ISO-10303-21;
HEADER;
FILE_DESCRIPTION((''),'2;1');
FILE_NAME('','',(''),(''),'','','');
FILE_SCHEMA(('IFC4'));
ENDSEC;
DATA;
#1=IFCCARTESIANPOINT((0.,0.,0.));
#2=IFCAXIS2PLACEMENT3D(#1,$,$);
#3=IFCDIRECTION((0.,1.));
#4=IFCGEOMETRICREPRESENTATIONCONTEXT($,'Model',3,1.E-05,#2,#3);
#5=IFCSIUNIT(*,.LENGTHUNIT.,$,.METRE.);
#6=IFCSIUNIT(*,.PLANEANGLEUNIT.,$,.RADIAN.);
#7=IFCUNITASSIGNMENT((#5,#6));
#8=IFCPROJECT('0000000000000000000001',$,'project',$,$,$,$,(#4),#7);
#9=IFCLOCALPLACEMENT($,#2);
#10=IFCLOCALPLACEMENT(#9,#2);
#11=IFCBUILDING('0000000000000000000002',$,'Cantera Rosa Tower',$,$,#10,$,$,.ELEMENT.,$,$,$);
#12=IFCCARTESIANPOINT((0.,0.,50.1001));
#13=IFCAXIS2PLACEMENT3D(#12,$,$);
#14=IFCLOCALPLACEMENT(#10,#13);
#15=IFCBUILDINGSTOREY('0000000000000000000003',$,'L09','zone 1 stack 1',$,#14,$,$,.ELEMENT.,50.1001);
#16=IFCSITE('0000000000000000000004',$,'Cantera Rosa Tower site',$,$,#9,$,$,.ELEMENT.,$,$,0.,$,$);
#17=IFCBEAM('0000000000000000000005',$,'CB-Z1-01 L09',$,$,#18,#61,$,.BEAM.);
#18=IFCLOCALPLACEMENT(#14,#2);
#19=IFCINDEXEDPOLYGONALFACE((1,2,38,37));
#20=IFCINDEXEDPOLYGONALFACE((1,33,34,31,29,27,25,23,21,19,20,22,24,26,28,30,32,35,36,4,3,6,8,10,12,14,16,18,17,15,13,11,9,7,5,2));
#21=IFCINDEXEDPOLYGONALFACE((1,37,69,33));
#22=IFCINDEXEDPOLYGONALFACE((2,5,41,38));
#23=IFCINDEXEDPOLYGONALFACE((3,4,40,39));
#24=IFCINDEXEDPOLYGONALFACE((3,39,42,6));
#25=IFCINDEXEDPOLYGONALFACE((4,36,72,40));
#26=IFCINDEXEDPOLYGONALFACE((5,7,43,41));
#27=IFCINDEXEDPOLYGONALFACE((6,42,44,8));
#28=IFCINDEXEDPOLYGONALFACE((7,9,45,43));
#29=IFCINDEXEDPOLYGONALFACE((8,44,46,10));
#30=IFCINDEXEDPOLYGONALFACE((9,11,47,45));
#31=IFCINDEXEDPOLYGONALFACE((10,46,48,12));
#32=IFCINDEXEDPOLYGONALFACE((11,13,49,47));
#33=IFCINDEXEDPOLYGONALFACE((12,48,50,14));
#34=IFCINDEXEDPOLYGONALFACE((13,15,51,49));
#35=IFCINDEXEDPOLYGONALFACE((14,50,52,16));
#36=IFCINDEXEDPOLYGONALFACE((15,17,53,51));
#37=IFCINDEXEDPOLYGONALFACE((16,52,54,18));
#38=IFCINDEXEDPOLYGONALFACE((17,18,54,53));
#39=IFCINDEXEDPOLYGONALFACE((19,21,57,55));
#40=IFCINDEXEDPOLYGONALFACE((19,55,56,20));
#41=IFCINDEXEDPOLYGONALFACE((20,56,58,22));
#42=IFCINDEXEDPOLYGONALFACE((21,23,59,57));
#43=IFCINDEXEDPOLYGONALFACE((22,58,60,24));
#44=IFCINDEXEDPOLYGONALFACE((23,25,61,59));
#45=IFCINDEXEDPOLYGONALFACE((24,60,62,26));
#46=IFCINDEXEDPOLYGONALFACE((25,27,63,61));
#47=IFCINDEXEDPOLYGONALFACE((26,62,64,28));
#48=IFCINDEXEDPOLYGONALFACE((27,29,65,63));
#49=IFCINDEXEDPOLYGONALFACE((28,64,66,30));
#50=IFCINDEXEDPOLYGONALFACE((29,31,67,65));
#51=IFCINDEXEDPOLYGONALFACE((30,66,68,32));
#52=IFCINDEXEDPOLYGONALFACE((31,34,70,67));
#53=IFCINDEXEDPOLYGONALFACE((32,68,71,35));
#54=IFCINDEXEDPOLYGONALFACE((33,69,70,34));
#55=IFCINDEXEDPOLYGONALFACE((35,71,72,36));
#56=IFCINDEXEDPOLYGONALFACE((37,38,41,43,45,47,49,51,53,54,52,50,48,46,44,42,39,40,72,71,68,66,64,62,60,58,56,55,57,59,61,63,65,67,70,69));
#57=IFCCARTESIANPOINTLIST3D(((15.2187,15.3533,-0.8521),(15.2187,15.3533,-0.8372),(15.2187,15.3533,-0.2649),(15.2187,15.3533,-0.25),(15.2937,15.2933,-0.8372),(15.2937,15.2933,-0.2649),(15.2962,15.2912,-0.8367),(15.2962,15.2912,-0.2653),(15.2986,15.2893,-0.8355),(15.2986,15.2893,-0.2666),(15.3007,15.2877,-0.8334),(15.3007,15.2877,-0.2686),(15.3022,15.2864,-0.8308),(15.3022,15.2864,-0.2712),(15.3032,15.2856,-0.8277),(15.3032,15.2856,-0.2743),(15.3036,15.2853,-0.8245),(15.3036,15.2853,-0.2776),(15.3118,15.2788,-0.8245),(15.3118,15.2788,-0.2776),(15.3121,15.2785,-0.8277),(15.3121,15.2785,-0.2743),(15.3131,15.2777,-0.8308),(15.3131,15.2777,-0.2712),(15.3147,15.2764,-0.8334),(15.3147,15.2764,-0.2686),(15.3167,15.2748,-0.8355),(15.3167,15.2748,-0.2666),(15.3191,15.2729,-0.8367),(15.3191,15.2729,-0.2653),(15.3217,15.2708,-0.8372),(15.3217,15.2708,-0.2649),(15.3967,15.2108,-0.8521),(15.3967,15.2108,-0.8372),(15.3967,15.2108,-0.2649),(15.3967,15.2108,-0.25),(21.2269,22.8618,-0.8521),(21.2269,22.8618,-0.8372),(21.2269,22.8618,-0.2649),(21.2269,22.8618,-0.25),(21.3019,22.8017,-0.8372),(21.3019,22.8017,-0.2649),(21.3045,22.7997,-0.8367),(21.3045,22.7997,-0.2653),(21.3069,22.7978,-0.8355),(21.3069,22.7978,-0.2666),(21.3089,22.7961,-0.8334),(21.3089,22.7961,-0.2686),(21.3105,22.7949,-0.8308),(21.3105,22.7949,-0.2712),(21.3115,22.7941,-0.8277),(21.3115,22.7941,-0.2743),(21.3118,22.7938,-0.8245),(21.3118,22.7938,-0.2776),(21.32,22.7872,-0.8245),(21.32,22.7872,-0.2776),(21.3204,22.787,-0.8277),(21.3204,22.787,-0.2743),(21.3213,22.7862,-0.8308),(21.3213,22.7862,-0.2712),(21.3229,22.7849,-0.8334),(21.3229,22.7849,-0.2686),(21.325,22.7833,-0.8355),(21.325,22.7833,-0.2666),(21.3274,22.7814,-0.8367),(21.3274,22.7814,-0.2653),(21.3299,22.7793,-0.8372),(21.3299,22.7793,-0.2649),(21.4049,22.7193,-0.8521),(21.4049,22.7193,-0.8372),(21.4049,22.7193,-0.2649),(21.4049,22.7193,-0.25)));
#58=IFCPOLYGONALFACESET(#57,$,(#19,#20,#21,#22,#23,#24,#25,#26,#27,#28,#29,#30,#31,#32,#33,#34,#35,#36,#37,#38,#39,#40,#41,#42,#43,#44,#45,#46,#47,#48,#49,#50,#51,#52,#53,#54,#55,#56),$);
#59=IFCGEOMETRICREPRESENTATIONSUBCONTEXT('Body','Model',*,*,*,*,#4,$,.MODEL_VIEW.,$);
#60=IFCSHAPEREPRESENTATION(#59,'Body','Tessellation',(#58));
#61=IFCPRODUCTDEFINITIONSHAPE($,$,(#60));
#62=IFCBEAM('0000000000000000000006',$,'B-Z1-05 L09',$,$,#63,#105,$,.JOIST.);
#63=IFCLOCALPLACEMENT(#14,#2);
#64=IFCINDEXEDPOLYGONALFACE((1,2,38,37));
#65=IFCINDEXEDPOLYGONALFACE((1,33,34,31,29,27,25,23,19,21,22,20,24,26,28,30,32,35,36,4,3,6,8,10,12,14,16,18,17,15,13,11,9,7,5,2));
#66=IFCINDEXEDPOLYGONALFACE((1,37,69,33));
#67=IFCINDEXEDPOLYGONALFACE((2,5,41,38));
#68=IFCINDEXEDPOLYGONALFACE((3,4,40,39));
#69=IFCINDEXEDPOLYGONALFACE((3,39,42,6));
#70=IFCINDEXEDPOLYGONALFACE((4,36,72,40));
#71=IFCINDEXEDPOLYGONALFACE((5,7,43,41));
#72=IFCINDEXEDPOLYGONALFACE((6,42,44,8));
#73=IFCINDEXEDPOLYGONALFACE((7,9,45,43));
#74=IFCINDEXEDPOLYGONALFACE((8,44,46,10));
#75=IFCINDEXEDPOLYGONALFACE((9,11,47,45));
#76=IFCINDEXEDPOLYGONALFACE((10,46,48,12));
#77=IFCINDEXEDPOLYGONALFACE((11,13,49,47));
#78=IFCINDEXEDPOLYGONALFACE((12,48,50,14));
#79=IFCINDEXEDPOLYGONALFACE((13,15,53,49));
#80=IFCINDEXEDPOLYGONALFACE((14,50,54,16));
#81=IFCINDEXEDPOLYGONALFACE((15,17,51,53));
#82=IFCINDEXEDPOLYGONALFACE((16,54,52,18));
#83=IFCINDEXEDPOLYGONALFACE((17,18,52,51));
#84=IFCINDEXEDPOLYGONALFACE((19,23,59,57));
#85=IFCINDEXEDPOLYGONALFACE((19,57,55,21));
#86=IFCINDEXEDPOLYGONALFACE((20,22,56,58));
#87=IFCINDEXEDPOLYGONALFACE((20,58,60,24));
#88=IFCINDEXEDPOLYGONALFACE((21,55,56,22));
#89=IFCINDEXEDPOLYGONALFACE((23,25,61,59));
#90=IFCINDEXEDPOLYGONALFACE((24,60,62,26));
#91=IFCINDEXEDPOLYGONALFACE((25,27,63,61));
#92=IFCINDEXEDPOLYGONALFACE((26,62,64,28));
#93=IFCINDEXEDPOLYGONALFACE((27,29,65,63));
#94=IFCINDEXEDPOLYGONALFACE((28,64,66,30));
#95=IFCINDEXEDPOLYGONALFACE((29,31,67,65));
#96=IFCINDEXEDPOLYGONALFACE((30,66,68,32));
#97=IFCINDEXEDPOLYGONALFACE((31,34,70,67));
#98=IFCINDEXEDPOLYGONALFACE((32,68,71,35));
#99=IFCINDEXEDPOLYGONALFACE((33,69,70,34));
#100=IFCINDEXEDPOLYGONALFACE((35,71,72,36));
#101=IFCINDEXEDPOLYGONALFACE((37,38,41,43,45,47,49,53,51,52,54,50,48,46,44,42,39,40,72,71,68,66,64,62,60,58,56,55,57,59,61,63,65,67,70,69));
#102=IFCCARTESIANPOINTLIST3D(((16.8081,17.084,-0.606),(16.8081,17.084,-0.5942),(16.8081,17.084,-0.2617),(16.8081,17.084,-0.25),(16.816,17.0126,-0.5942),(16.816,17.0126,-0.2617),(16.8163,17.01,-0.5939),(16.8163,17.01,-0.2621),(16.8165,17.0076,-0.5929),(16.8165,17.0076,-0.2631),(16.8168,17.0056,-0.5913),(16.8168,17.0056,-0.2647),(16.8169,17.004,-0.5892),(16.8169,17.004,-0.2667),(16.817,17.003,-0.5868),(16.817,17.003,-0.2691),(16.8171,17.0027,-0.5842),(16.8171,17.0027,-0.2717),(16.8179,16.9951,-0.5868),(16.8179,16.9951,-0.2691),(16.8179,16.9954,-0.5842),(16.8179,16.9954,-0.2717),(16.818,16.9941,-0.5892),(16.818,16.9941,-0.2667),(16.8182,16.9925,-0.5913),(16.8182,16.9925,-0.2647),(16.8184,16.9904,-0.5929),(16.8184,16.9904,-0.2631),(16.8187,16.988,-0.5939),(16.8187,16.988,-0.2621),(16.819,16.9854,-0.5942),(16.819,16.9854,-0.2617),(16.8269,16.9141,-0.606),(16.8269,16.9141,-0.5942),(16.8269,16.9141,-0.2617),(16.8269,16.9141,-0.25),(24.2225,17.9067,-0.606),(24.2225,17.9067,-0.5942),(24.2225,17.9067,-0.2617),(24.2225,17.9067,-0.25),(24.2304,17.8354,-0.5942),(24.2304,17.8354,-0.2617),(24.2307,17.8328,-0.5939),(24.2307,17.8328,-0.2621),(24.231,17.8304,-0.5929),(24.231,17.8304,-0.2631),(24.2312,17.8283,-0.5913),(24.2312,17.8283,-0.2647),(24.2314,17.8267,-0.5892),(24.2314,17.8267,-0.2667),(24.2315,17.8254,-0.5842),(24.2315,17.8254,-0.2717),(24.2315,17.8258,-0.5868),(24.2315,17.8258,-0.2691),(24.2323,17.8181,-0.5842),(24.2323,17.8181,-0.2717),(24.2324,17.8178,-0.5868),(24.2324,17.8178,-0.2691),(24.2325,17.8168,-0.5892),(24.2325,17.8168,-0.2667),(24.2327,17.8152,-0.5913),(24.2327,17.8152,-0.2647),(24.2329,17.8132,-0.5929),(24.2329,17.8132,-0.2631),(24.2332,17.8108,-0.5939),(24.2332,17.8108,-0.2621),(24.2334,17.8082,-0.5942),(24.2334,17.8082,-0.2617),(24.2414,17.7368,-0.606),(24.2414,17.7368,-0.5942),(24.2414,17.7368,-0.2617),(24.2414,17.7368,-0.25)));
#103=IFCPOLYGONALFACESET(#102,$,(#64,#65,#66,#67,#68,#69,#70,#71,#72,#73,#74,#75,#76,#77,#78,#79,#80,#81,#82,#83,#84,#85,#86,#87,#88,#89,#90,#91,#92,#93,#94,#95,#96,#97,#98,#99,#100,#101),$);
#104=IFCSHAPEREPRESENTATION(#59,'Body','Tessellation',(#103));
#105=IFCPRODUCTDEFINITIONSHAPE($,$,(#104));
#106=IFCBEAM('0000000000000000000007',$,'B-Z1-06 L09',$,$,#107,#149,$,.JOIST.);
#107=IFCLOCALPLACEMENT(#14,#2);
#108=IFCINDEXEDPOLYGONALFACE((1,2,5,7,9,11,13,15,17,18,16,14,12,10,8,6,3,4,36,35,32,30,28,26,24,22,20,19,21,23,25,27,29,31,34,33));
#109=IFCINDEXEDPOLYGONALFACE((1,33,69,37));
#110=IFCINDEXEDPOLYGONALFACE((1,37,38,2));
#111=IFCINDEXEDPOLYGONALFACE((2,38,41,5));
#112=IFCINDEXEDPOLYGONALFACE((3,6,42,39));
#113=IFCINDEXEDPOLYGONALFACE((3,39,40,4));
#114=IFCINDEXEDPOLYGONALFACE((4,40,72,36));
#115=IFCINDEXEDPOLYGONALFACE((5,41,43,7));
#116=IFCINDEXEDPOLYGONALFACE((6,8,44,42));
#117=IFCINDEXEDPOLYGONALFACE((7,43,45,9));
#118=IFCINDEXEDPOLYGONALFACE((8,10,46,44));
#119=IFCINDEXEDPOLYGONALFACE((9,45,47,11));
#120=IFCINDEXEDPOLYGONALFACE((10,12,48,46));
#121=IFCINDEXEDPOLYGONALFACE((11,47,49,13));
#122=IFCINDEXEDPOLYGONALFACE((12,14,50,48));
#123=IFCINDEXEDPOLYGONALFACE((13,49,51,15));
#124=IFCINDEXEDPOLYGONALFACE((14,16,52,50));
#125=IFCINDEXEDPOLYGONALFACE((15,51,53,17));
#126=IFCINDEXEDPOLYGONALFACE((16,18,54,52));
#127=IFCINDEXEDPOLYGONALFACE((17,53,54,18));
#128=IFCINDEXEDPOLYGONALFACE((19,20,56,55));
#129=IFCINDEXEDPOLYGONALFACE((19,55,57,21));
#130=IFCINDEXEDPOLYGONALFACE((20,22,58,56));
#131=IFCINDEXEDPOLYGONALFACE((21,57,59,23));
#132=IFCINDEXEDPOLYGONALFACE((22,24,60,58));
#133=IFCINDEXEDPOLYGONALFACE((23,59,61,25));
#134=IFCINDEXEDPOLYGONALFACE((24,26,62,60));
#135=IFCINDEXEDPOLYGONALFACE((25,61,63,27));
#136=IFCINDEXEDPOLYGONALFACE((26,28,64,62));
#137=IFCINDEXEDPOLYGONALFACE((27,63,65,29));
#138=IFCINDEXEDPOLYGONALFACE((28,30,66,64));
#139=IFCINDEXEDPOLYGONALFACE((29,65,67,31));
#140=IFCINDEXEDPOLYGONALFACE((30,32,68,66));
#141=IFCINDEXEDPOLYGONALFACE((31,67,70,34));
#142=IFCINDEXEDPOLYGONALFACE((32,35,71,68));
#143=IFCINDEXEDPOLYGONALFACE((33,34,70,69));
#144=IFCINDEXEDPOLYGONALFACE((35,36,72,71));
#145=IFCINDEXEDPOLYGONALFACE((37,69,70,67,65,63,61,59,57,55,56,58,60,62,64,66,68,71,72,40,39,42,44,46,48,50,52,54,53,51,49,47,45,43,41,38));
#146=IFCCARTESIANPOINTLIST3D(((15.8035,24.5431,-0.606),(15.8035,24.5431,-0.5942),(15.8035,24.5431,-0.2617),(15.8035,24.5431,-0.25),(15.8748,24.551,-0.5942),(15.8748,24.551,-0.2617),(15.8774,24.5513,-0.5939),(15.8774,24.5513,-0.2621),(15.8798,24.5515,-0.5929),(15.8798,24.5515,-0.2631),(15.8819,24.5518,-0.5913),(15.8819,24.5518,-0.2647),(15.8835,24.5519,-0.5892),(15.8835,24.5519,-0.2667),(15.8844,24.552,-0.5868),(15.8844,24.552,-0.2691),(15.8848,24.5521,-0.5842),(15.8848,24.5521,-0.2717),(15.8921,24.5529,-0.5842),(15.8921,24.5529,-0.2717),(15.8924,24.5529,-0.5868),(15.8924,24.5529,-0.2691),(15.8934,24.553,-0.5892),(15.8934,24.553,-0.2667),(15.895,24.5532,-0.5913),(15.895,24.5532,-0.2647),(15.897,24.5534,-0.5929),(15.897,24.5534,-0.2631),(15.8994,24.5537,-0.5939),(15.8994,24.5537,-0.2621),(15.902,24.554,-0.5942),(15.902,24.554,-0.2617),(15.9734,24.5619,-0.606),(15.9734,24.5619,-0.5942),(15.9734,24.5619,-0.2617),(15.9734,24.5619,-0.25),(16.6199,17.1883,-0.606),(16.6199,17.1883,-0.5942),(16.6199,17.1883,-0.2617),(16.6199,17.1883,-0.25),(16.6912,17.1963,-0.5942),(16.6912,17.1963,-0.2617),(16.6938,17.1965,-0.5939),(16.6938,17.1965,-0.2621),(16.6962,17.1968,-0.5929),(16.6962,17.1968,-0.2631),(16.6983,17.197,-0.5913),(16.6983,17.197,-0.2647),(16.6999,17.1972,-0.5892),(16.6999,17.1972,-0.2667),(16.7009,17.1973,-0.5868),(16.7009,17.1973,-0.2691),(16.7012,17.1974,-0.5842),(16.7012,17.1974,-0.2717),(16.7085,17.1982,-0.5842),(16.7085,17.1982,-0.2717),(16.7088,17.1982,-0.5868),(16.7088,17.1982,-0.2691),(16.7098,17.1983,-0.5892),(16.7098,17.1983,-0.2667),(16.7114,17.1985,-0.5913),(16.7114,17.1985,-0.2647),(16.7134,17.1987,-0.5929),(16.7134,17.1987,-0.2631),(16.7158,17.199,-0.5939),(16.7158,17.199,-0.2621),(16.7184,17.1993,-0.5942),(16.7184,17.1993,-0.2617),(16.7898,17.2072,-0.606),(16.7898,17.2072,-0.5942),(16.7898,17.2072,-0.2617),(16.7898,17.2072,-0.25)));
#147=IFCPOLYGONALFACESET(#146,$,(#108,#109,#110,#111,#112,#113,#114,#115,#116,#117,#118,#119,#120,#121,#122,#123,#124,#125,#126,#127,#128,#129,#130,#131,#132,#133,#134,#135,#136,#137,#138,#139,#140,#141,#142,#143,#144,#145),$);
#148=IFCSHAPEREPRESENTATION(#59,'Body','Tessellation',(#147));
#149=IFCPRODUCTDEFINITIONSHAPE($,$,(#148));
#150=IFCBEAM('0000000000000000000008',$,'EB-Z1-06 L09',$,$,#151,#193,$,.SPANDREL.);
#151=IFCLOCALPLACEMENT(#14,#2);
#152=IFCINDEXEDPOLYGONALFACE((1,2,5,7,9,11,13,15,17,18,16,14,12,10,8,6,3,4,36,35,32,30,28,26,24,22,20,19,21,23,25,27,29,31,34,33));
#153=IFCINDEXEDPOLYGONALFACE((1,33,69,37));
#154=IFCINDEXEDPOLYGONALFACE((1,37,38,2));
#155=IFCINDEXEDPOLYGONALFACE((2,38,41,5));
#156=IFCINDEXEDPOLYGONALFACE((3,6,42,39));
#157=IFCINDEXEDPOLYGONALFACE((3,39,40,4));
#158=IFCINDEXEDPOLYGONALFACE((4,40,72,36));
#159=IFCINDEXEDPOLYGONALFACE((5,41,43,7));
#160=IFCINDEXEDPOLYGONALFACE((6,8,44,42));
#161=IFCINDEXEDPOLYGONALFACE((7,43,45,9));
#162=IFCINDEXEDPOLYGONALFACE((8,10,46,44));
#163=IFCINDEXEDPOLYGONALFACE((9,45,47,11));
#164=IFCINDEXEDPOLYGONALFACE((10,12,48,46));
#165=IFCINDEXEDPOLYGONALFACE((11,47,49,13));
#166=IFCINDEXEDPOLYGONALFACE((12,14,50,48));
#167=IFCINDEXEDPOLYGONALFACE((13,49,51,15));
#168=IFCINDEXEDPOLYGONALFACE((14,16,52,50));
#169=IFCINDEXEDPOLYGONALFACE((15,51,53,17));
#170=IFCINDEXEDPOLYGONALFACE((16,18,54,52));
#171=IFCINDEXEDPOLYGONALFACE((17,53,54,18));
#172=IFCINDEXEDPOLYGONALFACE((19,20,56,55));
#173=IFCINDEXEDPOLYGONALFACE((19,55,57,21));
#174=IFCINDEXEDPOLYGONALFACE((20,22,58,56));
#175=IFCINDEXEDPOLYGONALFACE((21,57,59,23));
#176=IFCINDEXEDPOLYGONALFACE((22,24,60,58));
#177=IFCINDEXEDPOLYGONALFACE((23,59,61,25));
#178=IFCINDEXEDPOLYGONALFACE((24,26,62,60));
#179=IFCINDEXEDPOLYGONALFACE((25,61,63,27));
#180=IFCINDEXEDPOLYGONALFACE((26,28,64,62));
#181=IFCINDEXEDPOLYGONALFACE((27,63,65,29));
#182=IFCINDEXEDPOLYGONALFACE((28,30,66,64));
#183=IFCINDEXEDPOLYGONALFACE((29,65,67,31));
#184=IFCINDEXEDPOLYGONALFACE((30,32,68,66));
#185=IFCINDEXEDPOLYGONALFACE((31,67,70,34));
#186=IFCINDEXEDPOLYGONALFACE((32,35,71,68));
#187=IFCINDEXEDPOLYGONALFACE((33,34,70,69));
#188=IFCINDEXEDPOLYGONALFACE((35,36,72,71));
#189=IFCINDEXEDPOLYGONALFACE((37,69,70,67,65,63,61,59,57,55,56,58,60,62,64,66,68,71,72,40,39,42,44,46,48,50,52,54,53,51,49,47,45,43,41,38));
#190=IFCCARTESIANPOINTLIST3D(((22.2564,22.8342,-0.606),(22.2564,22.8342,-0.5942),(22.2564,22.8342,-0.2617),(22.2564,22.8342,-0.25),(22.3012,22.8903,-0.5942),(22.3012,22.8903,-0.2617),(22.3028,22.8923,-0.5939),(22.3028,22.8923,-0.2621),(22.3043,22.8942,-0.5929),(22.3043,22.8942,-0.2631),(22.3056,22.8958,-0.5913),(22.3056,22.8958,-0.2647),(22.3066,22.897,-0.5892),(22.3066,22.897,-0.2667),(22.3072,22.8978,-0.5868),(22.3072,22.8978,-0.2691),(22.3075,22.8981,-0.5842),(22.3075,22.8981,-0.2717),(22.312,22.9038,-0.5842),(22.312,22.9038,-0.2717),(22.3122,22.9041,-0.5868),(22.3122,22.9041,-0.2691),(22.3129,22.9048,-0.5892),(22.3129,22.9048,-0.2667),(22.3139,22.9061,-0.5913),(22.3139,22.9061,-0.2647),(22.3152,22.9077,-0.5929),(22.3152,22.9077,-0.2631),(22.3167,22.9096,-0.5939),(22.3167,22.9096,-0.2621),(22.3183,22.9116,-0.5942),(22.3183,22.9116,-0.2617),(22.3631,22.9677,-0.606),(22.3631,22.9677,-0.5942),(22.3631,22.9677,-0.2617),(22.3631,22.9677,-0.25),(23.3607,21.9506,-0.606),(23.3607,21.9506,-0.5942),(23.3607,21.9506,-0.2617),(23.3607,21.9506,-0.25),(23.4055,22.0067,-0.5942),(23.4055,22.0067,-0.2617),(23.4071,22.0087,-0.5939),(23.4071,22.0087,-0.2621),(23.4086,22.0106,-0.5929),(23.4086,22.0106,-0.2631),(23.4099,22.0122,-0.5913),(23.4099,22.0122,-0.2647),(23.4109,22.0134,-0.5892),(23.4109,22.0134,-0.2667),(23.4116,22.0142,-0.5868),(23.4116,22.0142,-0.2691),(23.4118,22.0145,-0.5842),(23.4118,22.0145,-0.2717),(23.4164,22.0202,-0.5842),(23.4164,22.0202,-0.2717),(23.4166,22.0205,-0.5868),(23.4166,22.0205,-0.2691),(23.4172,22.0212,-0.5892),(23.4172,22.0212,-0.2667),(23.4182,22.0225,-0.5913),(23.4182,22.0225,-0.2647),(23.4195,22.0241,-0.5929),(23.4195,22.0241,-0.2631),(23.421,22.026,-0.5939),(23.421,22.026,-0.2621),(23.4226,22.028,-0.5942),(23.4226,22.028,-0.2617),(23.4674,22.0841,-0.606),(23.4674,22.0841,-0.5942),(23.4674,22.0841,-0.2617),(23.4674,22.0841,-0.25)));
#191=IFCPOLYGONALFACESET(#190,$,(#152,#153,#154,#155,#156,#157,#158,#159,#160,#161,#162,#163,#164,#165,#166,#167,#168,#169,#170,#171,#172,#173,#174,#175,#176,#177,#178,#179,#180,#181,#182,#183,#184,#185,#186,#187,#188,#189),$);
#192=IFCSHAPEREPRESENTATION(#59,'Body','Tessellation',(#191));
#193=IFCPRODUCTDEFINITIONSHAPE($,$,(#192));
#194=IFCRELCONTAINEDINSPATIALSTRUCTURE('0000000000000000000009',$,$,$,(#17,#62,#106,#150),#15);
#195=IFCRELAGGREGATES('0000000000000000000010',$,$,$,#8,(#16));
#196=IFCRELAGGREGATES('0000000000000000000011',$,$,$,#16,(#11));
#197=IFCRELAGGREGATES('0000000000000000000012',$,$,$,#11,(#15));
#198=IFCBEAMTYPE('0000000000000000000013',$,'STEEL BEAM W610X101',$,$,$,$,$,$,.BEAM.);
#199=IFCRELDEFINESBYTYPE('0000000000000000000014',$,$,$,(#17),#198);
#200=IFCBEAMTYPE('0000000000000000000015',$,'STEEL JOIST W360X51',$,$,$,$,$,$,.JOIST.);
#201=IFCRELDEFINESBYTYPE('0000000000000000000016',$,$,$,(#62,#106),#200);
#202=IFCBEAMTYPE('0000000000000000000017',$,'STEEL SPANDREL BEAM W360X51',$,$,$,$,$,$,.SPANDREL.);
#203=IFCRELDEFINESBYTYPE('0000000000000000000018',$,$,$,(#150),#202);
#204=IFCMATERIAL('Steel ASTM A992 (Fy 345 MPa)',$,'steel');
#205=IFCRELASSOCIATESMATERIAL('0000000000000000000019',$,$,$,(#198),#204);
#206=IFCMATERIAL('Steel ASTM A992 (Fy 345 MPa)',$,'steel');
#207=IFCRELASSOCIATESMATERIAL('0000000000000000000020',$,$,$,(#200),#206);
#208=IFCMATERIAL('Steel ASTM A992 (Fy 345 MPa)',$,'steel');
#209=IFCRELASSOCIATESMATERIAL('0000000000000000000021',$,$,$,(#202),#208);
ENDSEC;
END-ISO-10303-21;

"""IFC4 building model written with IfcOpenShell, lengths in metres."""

from ifc_helpers import new_model, si_unit, direction, frame, origin, origin_2d, place, context, subcontext, project, spatial, i_section, extrude, material, material_profile, profile_set, type_object, element, save


model = new_model("IFC4")

# Units and contexts
model_context = context("Model", 3, precision=1e-05, world=origin(), true_north=direction((0.0, 1.0)))
body_context = subcontext(model_context, "Body", "Model", "MODEL_VIEW")
ifc_project = project(units=[si_unit("LENGTHUNIT", "METRE"), si_unit("PLANEANGLEUNIT", "RADIAN")], contexts=[model_context])

# Site, building, storey
site_placement = place(None, origin())
site = spatial("IfcSite", under=ifc_project, at=site_placement, Name="Cantera Rosa Tower site", CompositionType="ELEMENT", RefElevation=0.0)
building_placement = place(site_placement, origin())
building = spatial("IfcBuilding", under=site, at=building_placement, Name="Cantera Rosa Tower", CompositionType="ELEMENT")
storey_placement = place(building_placement, frame((0.0, 0.0, 50.1001)))
storey = spatial("IfcBuildingStorey", under=building, at=storey_placement, Name="L09", Description="zone 1 stack 1", CompositionType="ELEMENT", Elevation=50.1001)

# Beams
ifc_material_1 = material(Name="Steel ASTM A992 (Fy 345 MPa)", Category="steel")
ifc_material_profile_1 = material_profile(ifc_material_1, i_section(OverallWidth=0.228, OverallDepth=0.6021, WebThickness=0.0105, FlangeThickness=0.0149, FilletRadius=0.0127, at=origin_2d()), Name="W610X101")
ifc_profile_set_1 = profile_set([ifc_material_profile_1], Name="Steel ASTM A992 (Fy 345 MPa)")
beam_type_1 = type_object("IfcBeamType", Name="STEEL BEAM W610X101", PredefinedType="BEAM", material=ifc_profile_set_1)
beam_1_placement = place(storey_placement, frame((21.3159, 22.7905, -0.551), z_axis=(-0.624788, -0.780794, 0.0), x_axis=(0.780794, -0.624788, 0.0)))
element("IfcBeam", 1, at=beam_1_placement, inside=storey, type_object=beam_type_1, Name="CB-Z1-01 L09", PredefinedType="BEAM", context=body_context, shape_type="SweptSolid", body=[
    extrude(i_section(OverallWidth=0.228, OverallDepth=0.6021, WebThickness=0.0105, FlangeThickness=0.0149, FilletRadius=0.0127, at=origin_2d()), origin(), (0.0, 0.0, 1.0), 9.6165),
])
ifc_material_2 = material(Name="Steel ASTM A992 (Fy 345 MPa)", Category="steel")
ifc_material_profile_2 = material_profile(ifc_material_2, i_section(OverallWidth=0.1709, OverallDepth=0.356, WebThickness=0.0073, FlangeThickness=0.0117, FilletRadius=0.01, at=origin_2d()), Name="W360X51")
ifc_profile_set_2 = profile_set([ifc_material_profile_2], Name="Steel ASTM A992 (Fy 345 MPa)")
beam_type_2 = type_object("IfcBeamType", Name="STEEL JOIST W360X51", PredefinedType="JOIST", material=ifc_profile_set_2)
beam_2_placement = place(storey_placement, frame((24.2319, 17.8218, -0.428), z_axis=(-0.9939, -0.110288, 0.0), x_axis=(0.110288, -0.9939, 0.0)))
element("IfcBeam", 2, at=beam_2_placement, inside=storey, type_object=beam_type_2, Name="B-Z1-05 L09", PredefinedType="JOIST", context=body_context, shape_type="SweptSolid", body=[
    extrude(i_section(OverallWidth=0.1709, OverallDepth=0.356, WebThickness=0.0073, FlangeThickness=0.0117, FilletRadius=0.01, at=origin_2d()), origin(), (0.0, 0.0, 1.0), 7.46),
])
beam_3_placement = place(storey_placement, frame((15.8884, 24.5525, -0.428), z_axis=(0.110327, -0.993895, 0.0), x_axis=(0.993895, 0.110327, 0.0)))
element("IfcBeam", 3, at=beam_3_placement, inside=storey, type_object=beam_type_2, Name="B-Z1-06 L09", PredefinedType="JOIST", context=body_context, shape_type="SweptSolid", body=[
    extrude(i_section(OverallWidth=0.1709, OverallDepth=0.356, WebThickness=0.0073, FlangeThickness=0.0117, FilletRadius=0.01, at=origin_2d()), origin(), (0.0, 0.0, 1.0), 7.3999),
])
ifc_material_3 = material(Name="Steel ASTM A992 (Fy 345 MPa)", Category="steel")
ifc_material_profile_3 = material_profile(ifc_material_3, i_section(OverallWidth=0.1709, OverallDepth=0.356, WebThickness=0.0073, FlangeThickness=0.0117, FilletRadius=0.01, at=origin_2d()), Name="W360X51")
ifc_profile_set_3 = profile_set([ifc_material_profile_3], Name="Steel ASTM A992 (Fy 345 MPa)")
beam_type_3 = type_object("IfcBeamType", Name="STEEL SPANDREL BEAM W360X51", PredefinedType="SPANDREL", material=ifc_profile_set_3)
for number, where, z_axis, x_axis, name in (
    (4, (23.4141, 22.0173, -0.428), (-0.780818, 0.624758, 0.0), (-0.624758, -0.780818, 0.0), "EB-Z1-06 L09"),
):
    element("IfcBeam", number, at=place(storey_placement, frame(where, z_axis=z_axis, x_axis=x_axis)), inside=storey, type_object=beam_type_3, Name=name, PredefinedType="SPANDREL", context=body_context, shape_type="SweptSolid", body=[
        extrude(i_section(OverallWidth=0.1709, OverallDepth=0.356, WebThickness=0.0073, FlangeThickness=0.0117, FilletRadius=0.01, at=origin_2d()), origin(), (0.0, 0.0, 1.0), 1.4143),
    ])

save(model, "model.ifc")
